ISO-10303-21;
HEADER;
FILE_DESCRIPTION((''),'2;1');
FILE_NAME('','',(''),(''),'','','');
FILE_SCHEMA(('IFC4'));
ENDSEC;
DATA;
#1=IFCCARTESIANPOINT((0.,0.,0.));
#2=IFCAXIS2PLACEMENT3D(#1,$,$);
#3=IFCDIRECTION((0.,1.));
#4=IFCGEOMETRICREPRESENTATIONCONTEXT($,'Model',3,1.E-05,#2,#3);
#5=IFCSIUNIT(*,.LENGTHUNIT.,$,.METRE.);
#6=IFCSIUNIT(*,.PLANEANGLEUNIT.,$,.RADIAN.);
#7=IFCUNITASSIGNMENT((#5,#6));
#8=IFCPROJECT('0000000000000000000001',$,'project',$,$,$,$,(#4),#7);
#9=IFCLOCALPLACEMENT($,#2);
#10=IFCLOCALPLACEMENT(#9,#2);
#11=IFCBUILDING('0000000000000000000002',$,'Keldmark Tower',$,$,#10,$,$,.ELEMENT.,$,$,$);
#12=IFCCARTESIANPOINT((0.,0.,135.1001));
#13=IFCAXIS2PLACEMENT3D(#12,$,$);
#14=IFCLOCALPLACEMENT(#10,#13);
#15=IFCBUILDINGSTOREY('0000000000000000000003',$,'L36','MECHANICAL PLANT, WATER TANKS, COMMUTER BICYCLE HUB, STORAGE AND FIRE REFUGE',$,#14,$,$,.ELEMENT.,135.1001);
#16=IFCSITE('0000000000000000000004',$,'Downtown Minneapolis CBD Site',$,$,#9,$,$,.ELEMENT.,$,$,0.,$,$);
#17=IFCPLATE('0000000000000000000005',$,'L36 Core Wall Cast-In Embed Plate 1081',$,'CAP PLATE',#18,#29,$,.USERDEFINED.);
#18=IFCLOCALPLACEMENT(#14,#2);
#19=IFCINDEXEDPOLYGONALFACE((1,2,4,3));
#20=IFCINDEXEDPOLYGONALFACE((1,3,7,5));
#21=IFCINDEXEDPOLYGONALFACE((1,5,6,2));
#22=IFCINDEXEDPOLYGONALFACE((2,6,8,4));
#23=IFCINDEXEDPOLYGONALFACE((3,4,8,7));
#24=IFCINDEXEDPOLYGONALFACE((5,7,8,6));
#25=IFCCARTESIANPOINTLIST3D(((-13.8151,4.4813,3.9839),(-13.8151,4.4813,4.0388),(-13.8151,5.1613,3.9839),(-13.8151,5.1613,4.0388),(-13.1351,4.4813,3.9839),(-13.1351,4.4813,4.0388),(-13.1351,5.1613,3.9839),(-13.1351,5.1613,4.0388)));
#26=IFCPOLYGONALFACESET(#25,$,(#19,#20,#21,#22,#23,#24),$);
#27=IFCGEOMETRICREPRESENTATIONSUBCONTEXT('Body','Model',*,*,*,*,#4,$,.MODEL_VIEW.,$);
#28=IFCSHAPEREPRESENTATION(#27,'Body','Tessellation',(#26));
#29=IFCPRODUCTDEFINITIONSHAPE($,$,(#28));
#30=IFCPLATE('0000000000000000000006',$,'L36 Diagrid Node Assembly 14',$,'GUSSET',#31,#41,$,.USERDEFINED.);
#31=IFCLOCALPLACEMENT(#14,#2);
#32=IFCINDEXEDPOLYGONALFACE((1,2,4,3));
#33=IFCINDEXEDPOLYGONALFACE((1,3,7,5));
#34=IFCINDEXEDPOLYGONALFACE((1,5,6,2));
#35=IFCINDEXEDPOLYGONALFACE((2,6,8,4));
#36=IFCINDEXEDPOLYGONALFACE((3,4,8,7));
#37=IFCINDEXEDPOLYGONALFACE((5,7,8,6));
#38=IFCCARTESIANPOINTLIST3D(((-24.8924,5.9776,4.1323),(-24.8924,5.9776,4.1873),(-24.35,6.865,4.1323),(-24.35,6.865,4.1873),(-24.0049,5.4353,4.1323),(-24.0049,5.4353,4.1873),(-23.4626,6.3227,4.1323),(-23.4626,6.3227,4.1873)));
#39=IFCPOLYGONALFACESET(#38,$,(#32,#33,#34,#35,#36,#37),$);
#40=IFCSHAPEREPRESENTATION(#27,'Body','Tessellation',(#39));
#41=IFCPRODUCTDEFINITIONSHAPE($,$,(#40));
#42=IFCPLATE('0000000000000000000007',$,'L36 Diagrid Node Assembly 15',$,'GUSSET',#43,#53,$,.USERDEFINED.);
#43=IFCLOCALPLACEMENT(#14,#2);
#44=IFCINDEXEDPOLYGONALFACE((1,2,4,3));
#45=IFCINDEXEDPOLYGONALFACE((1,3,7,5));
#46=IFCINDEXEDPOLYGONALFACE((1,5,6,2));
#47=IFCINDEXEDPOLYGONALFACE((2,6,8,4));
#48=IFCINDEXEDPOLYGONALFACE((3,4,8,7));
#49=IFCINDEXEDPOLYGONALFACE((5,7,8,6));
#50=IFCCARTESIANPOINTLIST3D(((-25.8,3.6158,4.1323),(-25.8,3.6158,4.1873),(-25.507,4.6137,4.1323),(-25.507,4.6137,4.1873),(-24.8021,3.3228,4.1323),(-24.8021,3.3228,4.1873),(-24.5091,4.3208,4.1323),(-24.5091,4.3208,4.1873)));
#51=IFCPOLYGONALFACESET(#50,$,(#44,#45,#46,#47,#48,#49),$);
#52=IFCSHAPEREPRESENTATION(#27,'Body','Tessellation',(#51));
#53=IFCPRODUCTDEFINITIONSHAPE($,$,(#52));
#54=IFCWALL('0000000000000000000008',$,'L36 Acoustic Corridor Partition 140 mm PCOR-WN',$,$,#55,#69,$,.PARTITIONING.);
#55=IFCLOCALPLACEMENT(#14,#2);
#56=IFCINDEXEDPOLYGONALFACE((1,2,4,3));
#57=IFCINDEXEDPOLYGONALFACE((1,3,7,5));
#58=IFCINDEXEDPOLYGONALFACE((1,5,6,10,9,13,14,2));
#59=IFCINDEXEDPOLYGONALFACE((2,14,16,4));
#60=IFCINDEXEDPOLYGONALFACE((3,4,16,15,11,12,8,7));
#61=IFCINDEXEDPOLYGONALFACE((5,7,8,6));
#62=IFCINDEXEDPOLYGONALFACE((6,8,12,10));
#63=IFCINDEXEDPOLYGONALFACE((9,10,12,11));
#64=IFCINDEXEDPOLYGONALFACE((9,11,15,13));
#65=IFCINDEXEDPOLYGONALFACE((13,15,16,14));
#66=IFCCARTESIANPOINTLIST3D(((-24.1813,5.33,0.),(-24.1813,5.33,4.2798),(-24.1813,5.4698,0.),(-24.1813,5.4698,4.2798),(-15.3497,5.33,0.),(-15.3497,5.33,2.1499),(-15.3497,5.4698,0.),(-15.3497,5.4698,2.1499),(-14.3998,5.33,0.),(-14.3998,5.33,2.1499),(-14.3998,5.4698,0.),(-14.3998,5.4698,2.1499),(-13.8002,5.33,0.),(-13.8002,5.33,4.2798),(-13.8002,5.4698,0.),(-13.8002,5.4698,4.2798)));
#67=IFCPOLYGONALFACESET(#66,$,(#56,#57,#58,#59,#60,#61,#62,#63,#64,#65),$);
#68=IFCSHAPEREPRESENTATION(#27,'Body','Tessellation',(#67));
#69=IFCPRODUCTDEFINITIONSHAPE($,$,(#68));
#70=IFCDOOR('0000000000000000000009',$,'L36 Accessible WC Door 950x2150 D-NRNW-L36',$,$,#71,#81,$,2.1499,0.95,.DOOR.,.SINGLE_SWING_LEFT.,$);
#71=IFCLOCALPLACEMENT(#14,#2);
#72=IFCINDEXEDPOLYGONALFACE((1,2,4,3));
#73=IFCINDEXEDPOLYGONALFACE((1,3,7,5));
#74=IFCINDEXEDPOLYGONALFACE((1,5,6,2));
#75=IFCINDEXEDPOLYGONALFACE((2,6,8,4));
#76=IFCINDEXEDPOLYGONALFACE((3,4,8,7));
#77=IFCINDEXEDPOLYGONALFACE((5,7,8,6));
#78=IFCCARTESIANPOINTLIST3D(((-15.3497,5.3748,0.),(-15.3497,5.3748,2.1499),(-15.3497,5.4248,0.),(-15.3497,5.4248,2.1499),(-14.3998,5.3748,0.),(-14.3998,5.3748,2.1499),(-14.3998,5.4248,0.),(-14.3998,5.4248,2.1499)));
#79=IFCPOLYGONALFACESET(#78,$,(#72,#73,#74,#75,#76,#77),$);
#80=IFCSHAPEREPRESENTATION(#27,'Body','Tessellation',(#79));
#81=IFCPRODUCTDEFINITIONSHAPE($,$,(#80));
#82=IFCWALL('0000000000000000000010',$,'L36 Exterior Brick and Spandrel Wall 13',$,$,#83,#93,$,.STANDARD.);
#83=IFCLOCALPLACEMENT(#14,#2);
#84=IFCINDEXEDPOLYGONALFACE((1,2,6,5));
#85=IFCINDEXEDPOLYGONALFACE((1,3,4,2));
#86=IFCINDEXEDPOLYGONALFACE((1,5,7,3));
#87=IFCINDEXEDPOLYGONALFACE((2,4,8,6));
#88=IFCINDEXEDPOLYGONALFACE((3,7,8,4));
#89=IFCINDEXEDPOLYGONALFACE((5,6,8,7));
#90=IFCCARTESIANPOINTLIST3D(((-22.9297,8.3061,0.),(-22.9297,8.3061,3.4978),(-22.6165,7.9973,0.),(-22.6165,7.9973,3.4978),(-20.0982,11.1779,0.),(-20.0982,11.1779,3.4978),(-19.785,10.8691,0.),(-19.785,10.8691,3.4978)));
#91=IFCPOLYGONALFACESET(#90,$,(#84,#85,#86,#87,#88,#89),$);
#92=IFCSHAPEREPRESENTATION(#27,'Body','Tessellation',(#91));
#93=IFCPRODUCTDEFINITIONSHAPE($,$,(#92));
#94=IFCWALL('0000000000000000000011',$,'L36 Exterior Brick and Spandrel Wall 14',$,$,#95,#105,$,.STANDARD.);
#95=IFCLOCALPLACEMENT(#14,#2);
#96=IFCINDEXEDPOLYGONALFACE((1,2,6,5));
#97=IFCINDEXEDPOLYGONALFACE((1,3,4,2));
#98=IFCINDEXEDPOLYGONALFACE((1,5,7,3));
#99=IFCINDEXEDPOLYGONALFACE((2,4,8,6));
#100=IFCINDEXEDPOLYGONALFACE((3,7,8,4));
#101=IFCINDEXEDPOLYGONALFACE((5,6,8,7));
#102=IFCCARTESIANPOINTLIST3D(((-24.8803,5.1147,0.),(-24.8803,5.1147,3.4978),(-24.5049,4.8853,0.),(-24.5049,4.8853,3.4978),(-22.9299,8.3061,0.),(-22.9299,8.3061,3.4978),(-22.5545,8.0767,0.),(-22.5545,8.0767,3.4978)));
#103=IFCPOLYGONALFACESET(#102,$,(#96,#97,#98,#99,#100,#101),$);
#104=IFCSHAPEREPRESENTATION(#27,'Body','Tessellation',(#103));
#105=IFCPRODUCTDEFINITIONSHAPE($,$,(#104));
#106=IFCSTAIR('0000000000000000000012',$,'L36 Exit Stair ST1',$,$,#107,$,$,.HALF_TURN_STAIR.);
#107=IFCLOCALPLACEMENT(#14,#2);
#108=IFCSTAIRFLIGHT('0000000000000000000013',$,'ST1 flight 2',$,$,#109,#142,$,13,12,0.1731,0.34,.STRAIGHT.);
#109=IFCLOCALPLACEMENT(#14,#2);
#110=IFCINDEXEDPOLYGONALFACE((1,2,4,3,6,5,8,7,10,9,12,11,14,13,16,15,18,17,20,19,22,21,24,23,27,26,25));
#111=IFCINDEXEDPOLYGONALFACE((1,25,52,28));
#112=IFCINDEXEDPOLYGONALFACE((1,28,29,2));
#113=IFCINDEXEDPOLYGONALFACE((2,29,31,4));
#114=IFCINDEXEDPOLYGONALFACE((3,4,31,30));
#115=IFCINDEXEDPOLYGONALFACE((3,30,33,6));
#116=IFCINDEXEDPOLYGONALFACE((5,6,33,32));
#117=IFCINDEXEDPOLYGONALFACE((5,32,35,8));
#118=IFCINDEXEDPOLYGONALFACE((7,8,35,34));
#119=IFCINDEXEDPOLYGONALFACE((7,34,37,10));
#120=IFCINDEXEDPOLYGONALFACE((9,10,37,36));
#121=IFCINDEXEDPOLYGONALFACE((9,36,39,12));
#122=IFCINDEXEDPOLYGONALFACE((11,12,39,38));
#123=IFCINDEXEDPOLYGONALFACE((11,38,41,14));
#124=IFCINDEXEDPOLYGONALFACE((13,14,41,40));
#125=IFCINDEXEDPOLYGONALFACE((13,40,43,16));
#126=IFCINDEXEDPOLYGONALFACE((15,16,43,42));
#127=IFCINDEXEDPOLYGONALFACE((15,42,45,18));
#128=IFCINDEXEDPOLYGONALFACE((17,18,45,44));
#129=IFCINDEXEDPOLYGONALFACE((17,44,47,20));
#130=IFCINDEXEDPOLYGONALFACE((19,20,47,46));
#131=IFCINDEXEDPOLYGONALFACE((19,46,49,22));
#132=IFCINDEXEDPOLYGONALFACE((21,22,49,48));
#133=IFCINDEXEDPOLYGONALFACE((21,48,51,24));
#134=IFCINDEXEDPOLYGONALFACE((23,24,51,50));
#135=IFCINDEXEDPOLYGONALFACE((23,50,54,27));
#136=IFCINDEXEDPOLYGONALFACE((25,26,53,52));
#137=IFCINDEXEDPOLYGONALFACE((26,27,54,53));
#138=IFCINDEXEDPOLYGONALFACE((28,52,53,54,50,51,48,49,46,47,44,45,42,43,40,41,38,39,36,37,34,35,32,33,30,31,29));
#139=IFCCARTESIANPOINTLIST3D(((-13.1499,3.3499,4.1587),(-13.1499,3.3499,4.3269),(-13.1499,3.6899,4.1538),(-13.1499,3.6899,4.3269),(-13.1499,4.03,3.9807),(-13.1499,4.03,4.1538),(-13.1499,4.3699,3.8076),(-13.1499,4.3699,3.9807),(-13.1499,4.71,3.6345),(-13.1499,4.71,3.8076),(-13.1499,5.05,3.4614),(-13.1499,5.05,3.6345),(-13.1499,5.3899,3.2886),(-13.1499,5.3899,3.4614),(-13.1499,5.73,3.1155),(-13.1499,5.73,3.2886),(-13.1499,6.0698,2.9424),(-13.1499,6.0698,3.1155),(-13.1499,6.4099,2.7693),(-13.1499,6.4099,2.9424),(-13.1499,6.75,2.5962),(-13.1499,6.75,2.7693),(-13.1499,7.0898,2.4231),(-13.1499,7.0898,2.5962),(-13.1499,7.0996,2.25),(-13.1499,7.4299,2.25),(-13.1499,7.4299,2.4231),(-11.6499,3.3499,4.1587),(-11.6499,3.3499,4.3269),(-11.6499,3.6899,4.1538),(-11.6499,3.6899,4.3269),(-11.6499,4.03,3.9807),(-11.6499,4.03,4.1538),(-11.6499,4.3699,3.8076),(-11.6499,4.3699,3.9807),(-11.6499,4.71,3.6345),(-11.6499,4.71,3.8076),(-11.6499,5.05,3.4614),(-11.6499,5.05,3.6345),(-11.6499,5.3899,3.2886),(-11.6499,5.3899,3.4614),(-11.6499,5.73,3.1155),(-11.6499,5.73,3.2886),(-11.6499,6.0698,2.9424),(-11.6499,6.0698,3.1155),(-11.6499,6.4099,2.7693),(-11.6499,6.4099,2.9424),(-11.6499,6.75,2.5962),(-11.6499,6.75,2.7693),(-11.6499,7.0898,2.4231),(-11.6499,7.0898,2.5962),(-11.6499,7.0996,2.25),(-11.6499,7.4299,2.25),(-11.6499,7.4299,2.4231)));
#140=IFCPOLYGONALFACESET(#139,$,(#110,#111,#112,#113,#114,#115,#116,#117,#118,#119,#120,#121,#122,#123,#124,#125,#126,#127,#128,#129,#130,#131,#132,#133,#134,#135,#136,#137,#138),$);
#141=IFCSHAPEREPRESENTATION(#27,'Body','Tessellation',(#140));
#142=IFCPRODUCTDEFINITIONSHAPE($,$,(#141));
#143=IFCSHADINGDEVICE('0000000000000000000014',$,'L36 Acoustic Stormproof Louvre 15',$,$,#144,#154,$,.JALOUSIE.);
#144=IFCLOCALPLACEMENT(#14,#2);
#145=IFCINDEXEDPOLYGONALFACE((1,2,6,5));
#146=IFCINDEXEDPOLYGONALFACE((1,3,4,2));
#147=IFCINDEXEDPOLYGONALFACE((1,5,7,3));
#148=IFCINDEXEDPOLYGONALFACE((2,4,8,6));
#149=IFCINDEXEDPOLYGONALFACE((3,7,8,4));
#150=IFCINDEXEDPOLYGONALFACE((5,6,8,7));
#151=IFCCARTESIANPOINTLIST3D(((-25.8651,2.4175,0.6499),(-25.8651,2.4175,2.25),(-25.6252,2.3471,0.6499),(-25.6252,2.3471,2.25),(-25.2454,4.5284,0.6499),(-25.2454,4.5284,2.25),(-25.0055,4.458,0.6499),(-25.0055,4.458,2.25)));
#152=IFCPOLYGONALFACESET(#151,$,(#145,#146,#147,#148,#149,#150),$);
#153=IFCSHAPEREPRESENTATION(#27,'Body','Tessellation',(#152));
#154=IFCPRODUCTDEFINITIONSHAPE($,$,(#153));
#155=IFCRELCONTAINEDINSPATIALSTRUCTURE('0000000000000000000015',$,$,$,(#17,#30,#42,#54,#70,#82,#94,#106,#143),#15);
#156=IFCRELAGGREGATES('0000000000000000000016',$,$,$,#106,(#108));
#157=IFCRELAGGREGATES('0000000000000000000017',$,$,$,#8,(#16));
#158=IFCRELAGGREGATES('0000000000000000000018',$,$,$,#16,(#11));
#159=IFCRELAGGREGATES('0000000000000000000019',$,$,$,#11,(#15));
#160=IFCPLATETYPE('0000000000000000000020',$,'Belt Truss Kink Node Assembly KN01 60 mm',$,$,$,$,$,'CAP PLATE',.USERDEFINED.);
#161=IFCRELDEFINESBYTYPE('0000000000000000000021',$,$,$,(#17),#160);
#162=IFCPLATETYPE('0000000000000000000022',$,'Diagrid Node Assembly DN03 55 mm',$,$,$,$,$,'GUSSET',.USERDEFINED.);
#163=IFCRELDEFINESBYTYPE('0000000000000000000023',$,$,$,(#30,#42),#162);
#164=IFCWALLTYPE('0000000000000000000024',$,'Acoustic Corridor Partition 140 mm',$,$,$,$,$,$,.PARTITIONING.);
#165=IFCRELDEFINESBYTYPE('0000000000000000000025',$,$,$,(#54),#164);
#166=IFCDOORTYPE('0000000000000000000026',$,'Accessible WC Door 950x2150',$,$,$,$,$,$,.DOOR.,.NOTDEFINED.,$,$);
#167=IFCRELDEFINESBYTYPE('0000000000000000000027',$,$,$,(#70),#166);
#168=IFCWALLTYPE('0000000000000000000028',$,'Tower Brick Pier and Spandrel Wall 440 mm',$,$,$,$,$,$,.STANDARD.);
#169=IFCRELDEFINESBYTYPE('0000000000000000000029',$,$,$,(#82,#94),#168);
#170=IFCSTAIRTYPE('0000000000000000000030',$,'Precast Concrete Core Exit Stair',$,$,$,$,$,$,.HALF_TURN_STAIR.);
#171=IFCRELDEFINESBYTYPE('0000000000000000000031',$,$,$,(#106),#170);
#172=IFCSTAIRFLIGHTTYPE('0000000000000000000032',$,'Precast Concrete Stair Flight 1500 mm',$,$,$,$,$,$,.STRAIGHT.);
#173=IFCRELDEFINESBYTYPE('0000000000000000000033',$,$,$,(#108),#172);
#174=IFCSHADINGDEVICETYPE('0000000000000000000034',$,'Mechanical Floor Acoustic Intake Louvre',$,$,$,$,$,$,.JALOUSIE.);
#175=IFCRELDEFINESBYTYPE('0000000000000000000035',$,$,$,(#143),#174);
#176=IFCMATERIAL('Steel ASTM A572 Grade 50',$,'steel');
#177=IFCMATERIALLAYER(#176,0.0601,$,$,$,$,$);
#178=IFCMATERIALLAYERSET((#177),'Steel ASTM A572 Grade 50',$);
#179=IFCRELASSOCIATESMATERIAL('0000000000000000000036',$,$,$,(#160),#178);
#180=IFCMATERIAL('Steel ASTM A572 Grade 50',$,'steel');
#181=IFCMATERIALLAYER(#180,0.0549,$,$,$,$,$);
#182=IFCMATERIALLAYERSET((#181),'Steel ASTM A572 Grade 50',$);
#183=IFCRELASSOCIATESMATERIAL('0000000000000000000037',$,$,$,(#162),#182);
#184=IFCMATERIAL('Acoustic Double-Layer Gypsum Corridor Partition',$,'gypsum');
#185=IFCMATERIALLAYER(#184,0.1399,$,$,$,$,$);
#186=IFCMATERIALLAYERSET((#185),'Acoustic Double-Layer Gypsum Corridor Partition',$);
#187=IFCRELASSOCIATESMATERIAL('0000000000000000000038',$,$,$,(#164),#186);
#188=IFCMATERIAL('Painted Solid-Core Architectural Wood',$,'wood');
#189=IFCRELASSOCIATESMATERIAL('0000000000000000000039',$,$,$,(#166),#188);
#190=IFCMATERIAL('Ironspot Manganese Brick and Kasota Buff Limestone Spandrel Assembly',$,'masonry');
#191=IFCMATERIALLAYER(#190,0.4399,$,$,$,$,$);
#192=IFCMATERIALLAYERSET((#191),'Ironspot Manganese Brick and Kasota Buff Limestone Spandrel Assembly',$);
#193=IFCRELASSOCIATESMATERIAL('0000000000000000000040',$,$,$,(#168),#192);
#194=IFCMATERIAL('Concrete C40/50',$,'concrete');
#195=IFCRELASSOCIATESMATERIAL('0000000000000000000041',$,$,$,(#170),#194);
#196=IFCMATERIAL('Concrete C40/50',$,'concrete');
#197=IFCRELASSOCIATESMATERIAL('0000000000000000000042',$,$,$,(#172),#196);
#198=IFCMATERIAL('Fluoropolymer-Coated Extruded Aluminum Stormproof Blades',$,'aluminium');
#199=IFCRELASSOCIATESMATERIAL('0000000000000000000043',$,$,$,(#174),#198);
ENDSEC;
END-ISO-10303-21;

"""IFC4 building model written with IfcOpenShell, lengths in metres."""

from ifc_helpers import new_model, si_unit, direction, frame, frame_2d, origin, origin_2d, place, context, subcontext, project, spatial, polyline, rectangle, outline, extrude, material, layer, layer_set, type_object, element, fill, aggregate, save


model = new_model("IFC4")

# Units and contexts
model_context = context("Model", 3, precision=1e-05, world=origin(), true_north=direction((0.0, 1.0)))
body_context = subcontext(model_context, "Body", "Model", "MODEL_VIEW")
ifc_project = project(units=[si_unit("LENGTHUNIT", "METRE"), si_unit("PLANEANGLEUNIT", "RADIAN")], contexts=[model_context])

# Site, building, storey
site_placement = place(None, origin())
site = spatial("IfcSite", under=ifc_project, at=site_placement, Name="Downtown Minneapolis CBD Site", CompositionType="ELEMENT", RefElevation=0.0)
building_placement = place(site_placement, origin())
building = spatial("IfcBuilding", under=site, at=building_placement, Name="Keldmark Tower", CompositionType="ELEMENT")
storey_placement = place(building_placement, frame((0.0, 0.0, 135.1001)))
storey = spatial("IfcBuildingStorey", under=building, at=storey_placement, Name="L36", Description="MECHANICAL PLANT, WATER TANKS, COMMUTER BICYCLE HUB, STORAGE AND FIRE REFUGE", CompositionType="ELEMENT", Elevation=135.1001)

# Plates
ifc_material_1 = material(Name="Steel ASTM A572 Grade 50", Category="steel")
ifc_layer_1 = layer(ifc_material_1, 0.0601)
ifc_layer_set_1 = layer_set([ifc_layer_1], Name="Steel ASTM A572 Grade 50")
plate_type_1 = type_object("IfcPlateType", Name="Belt Truss Kink Node Assembly KN01 60 mm", ElementType="CAP PLATE", PredefinedType="USERDEFINED", material=ifc_layer_set_1)
for number, where, z_axis, x_axis, name in (
    (1, (-13.4751, 4.8213, 3.9839), (0.0, 0.0, 1.0), (1.0, 0.0, 0.0), "L36 Core Wall Cast-In Embed Plate 1081"),
):
    element("IfcPlate", number, at=place(storey_placement, frame(where, z_axis=z_axis, x_axis=x_axis)), inside=storey, type_object=plate_type_1, Name=name, ObjectType="CAP PLATE", PredefinedType="USERDEFINED", context=body_context, shape_type="SweptSolid", body=[
        extrude(rectangle(XDim=0.6799, YDim=0.6799, at=origin_2d()), origin(), (0.0, 0.0, 1.0), 0.0549),
    ])
ifc_material_2 = material(Name="Steel ASTM A572 Grade 50", Category="steel")
ifc_layer_2 = layer(ifc_material_2, 0.0549)
ifc_layer_set_2 = layer_set([ifc_layer_2], Name="Steel ASTM A572 Grade 50")
plate_type_2 = type_object("IfcPlateType", Name="Diagrid Node Assembly DN03 55 mm", ElementType="GUSSET", PredefinedType="USERDEFINED", material=ifc_layer_set_2)
for number, where, z_axis, x_axis, name in (
    (2, (-24.1775, 6.1501, 4.1323), (0.0, 0.0, 1.0), (-0.521456, -0.853278, 0.0), "L36 Diagrid Node Assembly 14"),
    (3, (-25.1545, 3.9683, 4.1323), (0.0, 0.0, 1.0), (-0.281672, -0.959511, 0.0), "L36 Diagrid Node Assembly 15"),
):
    element("IfcPlate", number, at=place(storey_placement, frame(where, z_axis=z_axis, x_axis=x_axis)), inside=storey, type_object=plate_type_2, Name=name, ObjectType="GUSSET", PredefinedType="USERDEFINED", context=body_context, shape_type="SweptSolid", body=[
        extrude(rectangle(XDim=1.04, YDim=1.04, at=origin_2d()), origin(), (0.0, 0.0, 1.0), 0.0549),
    ])

# Wall, opening, door
ifc_material_3 = material(Name="Acoustic Double-Layer Gypsum Corridor Partition", Category="gypsum")
ifc_layer_3 = layer(ifc_material_3, 0.1399)
ifc_layer_set_3 = layer_set([ifc_layer_3], Name="Acoustic Double-Layer Gypsum Corridor Partition")
wall_type_1 = type_object("IfcWallType", Name="Acoustic Corridor Partition 140 mm", PredefinedType="PARTITIONING", material=ifc_layer_set_3)
wall_1_placement = place(storey_placement, frame((-24.1812, 5.3999, 0.0), z_axis=(0.0, 0.0, 1.0), x_axis=(1.0, 0.0, 0.0)))
wall_1 = element("IfcWall", 4, at=wall_1_placement, inside=storey, type_object=wall_type_1, Name="L36 Acoustic Corridor Partition 140 mm PCOR-WN", PredefinedType="PARTITIONING", context=body_context, shape_type="SweptSolid", body=[
    extrude(rectangle(XDim=10.3811, YDim=0.1399, at=frame_2d((5.1904, 0.0))), origin(), (0.0, 0.0, 1.0), 4.2798),
])
opening_placement = place(wall_1_placement, frame((8.8313, 0.0, 0.0)))
opening = element("IfcOpeningElement", 5, at=opening_placement, cuts=wall_1, PredefinedType="OPENING", context=body_context, shape_type="SweptSolid", body=[
    extrude(rectangle(XDim=0.95, YDim=2.1499, at=frame_2d((0.4751, 1.075))), frame((0.0, 0.0798, 0.0), z_axis=(0.0, -1.0, 0.0), x_axis=(1.0, 0.0, 0.0)), (0.0, 0.0, 1.0), 0.1599),
])
ifc_material_4 = material(Name="Painted Solid-Core Architectural Wood", Category="wood")
door_type = type_object("IfcDoorType", Name="Accessible WC Door 950x2150", OperationType="NOTDEFINED", PredefinedType="DOOR", material=ifc_material_4)
door_placement = place(opening_placement, origin())
door = element("IfcDoor", 6, at=door_placement, inside=storey, type_object=door_type, Name="L36 Accessible WC Door 950x2150 D-NRNW-L36", OperationType="SINGLE_SWING_LEFT", OverallHeight=2.1499, OverallWidth=0.95, PredefinedType="DOOR", context=body_context, shape_type="SweptSolid", body=[
    extrude(rectangle(XDim=0.95, YDim=2.1499, at=frame_2d((0.4751, 1.075))), frame((0.0, 0.0249, 0.0), z_axis=(0.0, -1.0, 0.0), x_axis=(1.0, 0.0, 0.0)), (0.0, 0.0, 1.0), 0.05),
])
fill(opening, door)

# Walls
ifc_material_5 = material(Name="Ironspot Manganese Brick and Kasota Buff Limestone Spandrel Assembly", Category="masonry")
ifc_layer_4 = layer(ifc_material_5, 0.4399)
ifc_layer_set_4 = layer_set([ifc_layer_4], Name="Ironspot Manganese Brick and Kasota Buff Limestone Spandrel Assembly")
wall_type_2 = type_object("IfcWallType", Name="Tower Brick Pier and Spandrel Wall 440 mm", PredefinedType="STANDARD", material=ifc_layer_set_4)
wall_2_placement = place(storey_placement, frame((-22.7732, 8.1516, 0.0), z_axis=(0.0, 0.0, 1.0), x_axis=(0.702095, 0.712083, 0.0)))
element("IfcWall", 7, at=wall_2_placement, inside=storey, type_object=wall_type_2, Name="L36 Exterior Brick and Spandrel Wall 13", PredefinedType="STANDARD", context=body_context, shape_type="SweptSolid", body=[
    extrude(rectangle(XDim=4.033, YDim=0.4399, at=frame_2d((2.0166, 0.0))), origin(), (0.0, 0.0, 1.0), 3.4978),
])
wall_3_placement = place(storey_placement, frame((-24.6926, 5.0, 0.0), z_axis=(0.0, 0.0, 1.0), x_axis=(0.521476, 0.853266, 0.0)))
element("IfcWall", 8, at=wall_3_placement, inside=storey, type_object=wall_type_2, Name="L36 Exterior Brick and Spandrel Wall 14", PredefinedType="STANDARD", context=body_context, shape_type="SweptSolid", body=[
    extrude(rectangle(XDim=3.7402, YDim=0.4399, at=frame_2d((1.8701, 0.0))), origin(), (0.0, 0.0, 1.0), 3.4978),
])

# Stair, stair flight
ifc_material_6 = material(Name="Concrete C40/50", Category="concrete")
stair_type = type_object("IfcStairType", Name="Precast Concrete Core Exit Stair", PredefinedType="HALF_TURN_STAIR", material=ifc_material_6)
stair_placement = place(storey_placement, origin())
stair = element("IfcStair", 9, at=stair_placement, inside=storey, type_object=stair_type, Name="L36 Exit Stair ST1", PredefinedType="HALF_TURN_STAIR")
ifc_material_7 = material(Name="Concrete C40/50", Category="concrete")
stair_flight_type = type_object("IfcStairFlightType", Name="Precast Concrete Stair Flight 1500 mm", PredefinedType="STRAIGHT", material=ifc_material_7)
stair_flight_placement = place(storey_placement, frame((-12.3999, 7.4299, 2.25), z_axis=(0.0, 0.0, 1.0), x_axis=(0.0, -1.0, 0.0)))
stair_flight = element("IfcStairFlight", 10, at=stair_flight_placement, type_object=stair_flight_type, Name="ST1 flight 2", NumberOfRisers=13, NumberOfTreads=12, PredefinedType="STRAIGHT", RiserHeight=0.1731, TreadLength=0.34, context=body_context, shape_type="SweptSolid", body=[
    extrude(outline(polyline([(0.0, 0.0), (0.0, 0.1731), (0.3401, 0.1731), (0.3401, 0.3462), (0.6799, 0.3462), (0.6799, 0.5193), (1.02, 0.5193), (1.02, 0.6924), (1.3601, 0.6924), (1.3601, 0.8655), (1.7, 0.8655), (1.7, 1.0386), (2.04, 1.0386), (2.04, 1.2114), (2.3799, 1.2114), (2.3799, 1.3845), (2.72, 1.3845), (2.72, 1.5576), (3.0601, 1.5576), (3.0601, 1.7307), (3.3999, 1.7307), (3.3999, 1.9038), (3.74, 1.9038), (3.74, 2.0769), (4.0801, 2.0769), (4.0801, 2.25), (4.0801, 1.9087), (0.3303, 0.0), (0.0, 0.0)])), frame((0.0, 0.75, 0.0), z_axis=(0.0, -1.0, 0.0), x_axis=(1.0, 0.0, 0.0)), (0.0, 0.0, 1.0), 1.5),
])
aggregate(stair, [stair_flight])

# Shading device
ifc_material_8 = material(Name="Fluoropolymer-Coated Extruded Aluminum Stormproof Blades", Category="aluminium")
shading_device_type = type_object("IfcShadingDeviceType", Name="Mechanical Floor Acoustic Intake Louvre", PredefinedType="JALOUSIE", material=ifc_material_8)
shading_device_placement = place(storey_placement, frame((-25.4353, 3.4377, 0.6499), z_axis=(0.0, 0.0, 1.0), x_axis=(-0.281655, -0.959516, 0.0)))
element("IfcShadingDevice", 11, at=shading_device_placement, inside=storey, type_object=shading_device_type, Name="L36 Acoustic Stormproof Louvre 15", PredefinedType="JALOUSIE", context=body_context, shape_type="SweptSolid", body=[
    extrude(rectangle(XDim=2.2, YDim=0.25, at=origin_2d()), origin(), (0.0, 0.0, 1.0), 1.6001),
])

save(model, "model.ifc")
